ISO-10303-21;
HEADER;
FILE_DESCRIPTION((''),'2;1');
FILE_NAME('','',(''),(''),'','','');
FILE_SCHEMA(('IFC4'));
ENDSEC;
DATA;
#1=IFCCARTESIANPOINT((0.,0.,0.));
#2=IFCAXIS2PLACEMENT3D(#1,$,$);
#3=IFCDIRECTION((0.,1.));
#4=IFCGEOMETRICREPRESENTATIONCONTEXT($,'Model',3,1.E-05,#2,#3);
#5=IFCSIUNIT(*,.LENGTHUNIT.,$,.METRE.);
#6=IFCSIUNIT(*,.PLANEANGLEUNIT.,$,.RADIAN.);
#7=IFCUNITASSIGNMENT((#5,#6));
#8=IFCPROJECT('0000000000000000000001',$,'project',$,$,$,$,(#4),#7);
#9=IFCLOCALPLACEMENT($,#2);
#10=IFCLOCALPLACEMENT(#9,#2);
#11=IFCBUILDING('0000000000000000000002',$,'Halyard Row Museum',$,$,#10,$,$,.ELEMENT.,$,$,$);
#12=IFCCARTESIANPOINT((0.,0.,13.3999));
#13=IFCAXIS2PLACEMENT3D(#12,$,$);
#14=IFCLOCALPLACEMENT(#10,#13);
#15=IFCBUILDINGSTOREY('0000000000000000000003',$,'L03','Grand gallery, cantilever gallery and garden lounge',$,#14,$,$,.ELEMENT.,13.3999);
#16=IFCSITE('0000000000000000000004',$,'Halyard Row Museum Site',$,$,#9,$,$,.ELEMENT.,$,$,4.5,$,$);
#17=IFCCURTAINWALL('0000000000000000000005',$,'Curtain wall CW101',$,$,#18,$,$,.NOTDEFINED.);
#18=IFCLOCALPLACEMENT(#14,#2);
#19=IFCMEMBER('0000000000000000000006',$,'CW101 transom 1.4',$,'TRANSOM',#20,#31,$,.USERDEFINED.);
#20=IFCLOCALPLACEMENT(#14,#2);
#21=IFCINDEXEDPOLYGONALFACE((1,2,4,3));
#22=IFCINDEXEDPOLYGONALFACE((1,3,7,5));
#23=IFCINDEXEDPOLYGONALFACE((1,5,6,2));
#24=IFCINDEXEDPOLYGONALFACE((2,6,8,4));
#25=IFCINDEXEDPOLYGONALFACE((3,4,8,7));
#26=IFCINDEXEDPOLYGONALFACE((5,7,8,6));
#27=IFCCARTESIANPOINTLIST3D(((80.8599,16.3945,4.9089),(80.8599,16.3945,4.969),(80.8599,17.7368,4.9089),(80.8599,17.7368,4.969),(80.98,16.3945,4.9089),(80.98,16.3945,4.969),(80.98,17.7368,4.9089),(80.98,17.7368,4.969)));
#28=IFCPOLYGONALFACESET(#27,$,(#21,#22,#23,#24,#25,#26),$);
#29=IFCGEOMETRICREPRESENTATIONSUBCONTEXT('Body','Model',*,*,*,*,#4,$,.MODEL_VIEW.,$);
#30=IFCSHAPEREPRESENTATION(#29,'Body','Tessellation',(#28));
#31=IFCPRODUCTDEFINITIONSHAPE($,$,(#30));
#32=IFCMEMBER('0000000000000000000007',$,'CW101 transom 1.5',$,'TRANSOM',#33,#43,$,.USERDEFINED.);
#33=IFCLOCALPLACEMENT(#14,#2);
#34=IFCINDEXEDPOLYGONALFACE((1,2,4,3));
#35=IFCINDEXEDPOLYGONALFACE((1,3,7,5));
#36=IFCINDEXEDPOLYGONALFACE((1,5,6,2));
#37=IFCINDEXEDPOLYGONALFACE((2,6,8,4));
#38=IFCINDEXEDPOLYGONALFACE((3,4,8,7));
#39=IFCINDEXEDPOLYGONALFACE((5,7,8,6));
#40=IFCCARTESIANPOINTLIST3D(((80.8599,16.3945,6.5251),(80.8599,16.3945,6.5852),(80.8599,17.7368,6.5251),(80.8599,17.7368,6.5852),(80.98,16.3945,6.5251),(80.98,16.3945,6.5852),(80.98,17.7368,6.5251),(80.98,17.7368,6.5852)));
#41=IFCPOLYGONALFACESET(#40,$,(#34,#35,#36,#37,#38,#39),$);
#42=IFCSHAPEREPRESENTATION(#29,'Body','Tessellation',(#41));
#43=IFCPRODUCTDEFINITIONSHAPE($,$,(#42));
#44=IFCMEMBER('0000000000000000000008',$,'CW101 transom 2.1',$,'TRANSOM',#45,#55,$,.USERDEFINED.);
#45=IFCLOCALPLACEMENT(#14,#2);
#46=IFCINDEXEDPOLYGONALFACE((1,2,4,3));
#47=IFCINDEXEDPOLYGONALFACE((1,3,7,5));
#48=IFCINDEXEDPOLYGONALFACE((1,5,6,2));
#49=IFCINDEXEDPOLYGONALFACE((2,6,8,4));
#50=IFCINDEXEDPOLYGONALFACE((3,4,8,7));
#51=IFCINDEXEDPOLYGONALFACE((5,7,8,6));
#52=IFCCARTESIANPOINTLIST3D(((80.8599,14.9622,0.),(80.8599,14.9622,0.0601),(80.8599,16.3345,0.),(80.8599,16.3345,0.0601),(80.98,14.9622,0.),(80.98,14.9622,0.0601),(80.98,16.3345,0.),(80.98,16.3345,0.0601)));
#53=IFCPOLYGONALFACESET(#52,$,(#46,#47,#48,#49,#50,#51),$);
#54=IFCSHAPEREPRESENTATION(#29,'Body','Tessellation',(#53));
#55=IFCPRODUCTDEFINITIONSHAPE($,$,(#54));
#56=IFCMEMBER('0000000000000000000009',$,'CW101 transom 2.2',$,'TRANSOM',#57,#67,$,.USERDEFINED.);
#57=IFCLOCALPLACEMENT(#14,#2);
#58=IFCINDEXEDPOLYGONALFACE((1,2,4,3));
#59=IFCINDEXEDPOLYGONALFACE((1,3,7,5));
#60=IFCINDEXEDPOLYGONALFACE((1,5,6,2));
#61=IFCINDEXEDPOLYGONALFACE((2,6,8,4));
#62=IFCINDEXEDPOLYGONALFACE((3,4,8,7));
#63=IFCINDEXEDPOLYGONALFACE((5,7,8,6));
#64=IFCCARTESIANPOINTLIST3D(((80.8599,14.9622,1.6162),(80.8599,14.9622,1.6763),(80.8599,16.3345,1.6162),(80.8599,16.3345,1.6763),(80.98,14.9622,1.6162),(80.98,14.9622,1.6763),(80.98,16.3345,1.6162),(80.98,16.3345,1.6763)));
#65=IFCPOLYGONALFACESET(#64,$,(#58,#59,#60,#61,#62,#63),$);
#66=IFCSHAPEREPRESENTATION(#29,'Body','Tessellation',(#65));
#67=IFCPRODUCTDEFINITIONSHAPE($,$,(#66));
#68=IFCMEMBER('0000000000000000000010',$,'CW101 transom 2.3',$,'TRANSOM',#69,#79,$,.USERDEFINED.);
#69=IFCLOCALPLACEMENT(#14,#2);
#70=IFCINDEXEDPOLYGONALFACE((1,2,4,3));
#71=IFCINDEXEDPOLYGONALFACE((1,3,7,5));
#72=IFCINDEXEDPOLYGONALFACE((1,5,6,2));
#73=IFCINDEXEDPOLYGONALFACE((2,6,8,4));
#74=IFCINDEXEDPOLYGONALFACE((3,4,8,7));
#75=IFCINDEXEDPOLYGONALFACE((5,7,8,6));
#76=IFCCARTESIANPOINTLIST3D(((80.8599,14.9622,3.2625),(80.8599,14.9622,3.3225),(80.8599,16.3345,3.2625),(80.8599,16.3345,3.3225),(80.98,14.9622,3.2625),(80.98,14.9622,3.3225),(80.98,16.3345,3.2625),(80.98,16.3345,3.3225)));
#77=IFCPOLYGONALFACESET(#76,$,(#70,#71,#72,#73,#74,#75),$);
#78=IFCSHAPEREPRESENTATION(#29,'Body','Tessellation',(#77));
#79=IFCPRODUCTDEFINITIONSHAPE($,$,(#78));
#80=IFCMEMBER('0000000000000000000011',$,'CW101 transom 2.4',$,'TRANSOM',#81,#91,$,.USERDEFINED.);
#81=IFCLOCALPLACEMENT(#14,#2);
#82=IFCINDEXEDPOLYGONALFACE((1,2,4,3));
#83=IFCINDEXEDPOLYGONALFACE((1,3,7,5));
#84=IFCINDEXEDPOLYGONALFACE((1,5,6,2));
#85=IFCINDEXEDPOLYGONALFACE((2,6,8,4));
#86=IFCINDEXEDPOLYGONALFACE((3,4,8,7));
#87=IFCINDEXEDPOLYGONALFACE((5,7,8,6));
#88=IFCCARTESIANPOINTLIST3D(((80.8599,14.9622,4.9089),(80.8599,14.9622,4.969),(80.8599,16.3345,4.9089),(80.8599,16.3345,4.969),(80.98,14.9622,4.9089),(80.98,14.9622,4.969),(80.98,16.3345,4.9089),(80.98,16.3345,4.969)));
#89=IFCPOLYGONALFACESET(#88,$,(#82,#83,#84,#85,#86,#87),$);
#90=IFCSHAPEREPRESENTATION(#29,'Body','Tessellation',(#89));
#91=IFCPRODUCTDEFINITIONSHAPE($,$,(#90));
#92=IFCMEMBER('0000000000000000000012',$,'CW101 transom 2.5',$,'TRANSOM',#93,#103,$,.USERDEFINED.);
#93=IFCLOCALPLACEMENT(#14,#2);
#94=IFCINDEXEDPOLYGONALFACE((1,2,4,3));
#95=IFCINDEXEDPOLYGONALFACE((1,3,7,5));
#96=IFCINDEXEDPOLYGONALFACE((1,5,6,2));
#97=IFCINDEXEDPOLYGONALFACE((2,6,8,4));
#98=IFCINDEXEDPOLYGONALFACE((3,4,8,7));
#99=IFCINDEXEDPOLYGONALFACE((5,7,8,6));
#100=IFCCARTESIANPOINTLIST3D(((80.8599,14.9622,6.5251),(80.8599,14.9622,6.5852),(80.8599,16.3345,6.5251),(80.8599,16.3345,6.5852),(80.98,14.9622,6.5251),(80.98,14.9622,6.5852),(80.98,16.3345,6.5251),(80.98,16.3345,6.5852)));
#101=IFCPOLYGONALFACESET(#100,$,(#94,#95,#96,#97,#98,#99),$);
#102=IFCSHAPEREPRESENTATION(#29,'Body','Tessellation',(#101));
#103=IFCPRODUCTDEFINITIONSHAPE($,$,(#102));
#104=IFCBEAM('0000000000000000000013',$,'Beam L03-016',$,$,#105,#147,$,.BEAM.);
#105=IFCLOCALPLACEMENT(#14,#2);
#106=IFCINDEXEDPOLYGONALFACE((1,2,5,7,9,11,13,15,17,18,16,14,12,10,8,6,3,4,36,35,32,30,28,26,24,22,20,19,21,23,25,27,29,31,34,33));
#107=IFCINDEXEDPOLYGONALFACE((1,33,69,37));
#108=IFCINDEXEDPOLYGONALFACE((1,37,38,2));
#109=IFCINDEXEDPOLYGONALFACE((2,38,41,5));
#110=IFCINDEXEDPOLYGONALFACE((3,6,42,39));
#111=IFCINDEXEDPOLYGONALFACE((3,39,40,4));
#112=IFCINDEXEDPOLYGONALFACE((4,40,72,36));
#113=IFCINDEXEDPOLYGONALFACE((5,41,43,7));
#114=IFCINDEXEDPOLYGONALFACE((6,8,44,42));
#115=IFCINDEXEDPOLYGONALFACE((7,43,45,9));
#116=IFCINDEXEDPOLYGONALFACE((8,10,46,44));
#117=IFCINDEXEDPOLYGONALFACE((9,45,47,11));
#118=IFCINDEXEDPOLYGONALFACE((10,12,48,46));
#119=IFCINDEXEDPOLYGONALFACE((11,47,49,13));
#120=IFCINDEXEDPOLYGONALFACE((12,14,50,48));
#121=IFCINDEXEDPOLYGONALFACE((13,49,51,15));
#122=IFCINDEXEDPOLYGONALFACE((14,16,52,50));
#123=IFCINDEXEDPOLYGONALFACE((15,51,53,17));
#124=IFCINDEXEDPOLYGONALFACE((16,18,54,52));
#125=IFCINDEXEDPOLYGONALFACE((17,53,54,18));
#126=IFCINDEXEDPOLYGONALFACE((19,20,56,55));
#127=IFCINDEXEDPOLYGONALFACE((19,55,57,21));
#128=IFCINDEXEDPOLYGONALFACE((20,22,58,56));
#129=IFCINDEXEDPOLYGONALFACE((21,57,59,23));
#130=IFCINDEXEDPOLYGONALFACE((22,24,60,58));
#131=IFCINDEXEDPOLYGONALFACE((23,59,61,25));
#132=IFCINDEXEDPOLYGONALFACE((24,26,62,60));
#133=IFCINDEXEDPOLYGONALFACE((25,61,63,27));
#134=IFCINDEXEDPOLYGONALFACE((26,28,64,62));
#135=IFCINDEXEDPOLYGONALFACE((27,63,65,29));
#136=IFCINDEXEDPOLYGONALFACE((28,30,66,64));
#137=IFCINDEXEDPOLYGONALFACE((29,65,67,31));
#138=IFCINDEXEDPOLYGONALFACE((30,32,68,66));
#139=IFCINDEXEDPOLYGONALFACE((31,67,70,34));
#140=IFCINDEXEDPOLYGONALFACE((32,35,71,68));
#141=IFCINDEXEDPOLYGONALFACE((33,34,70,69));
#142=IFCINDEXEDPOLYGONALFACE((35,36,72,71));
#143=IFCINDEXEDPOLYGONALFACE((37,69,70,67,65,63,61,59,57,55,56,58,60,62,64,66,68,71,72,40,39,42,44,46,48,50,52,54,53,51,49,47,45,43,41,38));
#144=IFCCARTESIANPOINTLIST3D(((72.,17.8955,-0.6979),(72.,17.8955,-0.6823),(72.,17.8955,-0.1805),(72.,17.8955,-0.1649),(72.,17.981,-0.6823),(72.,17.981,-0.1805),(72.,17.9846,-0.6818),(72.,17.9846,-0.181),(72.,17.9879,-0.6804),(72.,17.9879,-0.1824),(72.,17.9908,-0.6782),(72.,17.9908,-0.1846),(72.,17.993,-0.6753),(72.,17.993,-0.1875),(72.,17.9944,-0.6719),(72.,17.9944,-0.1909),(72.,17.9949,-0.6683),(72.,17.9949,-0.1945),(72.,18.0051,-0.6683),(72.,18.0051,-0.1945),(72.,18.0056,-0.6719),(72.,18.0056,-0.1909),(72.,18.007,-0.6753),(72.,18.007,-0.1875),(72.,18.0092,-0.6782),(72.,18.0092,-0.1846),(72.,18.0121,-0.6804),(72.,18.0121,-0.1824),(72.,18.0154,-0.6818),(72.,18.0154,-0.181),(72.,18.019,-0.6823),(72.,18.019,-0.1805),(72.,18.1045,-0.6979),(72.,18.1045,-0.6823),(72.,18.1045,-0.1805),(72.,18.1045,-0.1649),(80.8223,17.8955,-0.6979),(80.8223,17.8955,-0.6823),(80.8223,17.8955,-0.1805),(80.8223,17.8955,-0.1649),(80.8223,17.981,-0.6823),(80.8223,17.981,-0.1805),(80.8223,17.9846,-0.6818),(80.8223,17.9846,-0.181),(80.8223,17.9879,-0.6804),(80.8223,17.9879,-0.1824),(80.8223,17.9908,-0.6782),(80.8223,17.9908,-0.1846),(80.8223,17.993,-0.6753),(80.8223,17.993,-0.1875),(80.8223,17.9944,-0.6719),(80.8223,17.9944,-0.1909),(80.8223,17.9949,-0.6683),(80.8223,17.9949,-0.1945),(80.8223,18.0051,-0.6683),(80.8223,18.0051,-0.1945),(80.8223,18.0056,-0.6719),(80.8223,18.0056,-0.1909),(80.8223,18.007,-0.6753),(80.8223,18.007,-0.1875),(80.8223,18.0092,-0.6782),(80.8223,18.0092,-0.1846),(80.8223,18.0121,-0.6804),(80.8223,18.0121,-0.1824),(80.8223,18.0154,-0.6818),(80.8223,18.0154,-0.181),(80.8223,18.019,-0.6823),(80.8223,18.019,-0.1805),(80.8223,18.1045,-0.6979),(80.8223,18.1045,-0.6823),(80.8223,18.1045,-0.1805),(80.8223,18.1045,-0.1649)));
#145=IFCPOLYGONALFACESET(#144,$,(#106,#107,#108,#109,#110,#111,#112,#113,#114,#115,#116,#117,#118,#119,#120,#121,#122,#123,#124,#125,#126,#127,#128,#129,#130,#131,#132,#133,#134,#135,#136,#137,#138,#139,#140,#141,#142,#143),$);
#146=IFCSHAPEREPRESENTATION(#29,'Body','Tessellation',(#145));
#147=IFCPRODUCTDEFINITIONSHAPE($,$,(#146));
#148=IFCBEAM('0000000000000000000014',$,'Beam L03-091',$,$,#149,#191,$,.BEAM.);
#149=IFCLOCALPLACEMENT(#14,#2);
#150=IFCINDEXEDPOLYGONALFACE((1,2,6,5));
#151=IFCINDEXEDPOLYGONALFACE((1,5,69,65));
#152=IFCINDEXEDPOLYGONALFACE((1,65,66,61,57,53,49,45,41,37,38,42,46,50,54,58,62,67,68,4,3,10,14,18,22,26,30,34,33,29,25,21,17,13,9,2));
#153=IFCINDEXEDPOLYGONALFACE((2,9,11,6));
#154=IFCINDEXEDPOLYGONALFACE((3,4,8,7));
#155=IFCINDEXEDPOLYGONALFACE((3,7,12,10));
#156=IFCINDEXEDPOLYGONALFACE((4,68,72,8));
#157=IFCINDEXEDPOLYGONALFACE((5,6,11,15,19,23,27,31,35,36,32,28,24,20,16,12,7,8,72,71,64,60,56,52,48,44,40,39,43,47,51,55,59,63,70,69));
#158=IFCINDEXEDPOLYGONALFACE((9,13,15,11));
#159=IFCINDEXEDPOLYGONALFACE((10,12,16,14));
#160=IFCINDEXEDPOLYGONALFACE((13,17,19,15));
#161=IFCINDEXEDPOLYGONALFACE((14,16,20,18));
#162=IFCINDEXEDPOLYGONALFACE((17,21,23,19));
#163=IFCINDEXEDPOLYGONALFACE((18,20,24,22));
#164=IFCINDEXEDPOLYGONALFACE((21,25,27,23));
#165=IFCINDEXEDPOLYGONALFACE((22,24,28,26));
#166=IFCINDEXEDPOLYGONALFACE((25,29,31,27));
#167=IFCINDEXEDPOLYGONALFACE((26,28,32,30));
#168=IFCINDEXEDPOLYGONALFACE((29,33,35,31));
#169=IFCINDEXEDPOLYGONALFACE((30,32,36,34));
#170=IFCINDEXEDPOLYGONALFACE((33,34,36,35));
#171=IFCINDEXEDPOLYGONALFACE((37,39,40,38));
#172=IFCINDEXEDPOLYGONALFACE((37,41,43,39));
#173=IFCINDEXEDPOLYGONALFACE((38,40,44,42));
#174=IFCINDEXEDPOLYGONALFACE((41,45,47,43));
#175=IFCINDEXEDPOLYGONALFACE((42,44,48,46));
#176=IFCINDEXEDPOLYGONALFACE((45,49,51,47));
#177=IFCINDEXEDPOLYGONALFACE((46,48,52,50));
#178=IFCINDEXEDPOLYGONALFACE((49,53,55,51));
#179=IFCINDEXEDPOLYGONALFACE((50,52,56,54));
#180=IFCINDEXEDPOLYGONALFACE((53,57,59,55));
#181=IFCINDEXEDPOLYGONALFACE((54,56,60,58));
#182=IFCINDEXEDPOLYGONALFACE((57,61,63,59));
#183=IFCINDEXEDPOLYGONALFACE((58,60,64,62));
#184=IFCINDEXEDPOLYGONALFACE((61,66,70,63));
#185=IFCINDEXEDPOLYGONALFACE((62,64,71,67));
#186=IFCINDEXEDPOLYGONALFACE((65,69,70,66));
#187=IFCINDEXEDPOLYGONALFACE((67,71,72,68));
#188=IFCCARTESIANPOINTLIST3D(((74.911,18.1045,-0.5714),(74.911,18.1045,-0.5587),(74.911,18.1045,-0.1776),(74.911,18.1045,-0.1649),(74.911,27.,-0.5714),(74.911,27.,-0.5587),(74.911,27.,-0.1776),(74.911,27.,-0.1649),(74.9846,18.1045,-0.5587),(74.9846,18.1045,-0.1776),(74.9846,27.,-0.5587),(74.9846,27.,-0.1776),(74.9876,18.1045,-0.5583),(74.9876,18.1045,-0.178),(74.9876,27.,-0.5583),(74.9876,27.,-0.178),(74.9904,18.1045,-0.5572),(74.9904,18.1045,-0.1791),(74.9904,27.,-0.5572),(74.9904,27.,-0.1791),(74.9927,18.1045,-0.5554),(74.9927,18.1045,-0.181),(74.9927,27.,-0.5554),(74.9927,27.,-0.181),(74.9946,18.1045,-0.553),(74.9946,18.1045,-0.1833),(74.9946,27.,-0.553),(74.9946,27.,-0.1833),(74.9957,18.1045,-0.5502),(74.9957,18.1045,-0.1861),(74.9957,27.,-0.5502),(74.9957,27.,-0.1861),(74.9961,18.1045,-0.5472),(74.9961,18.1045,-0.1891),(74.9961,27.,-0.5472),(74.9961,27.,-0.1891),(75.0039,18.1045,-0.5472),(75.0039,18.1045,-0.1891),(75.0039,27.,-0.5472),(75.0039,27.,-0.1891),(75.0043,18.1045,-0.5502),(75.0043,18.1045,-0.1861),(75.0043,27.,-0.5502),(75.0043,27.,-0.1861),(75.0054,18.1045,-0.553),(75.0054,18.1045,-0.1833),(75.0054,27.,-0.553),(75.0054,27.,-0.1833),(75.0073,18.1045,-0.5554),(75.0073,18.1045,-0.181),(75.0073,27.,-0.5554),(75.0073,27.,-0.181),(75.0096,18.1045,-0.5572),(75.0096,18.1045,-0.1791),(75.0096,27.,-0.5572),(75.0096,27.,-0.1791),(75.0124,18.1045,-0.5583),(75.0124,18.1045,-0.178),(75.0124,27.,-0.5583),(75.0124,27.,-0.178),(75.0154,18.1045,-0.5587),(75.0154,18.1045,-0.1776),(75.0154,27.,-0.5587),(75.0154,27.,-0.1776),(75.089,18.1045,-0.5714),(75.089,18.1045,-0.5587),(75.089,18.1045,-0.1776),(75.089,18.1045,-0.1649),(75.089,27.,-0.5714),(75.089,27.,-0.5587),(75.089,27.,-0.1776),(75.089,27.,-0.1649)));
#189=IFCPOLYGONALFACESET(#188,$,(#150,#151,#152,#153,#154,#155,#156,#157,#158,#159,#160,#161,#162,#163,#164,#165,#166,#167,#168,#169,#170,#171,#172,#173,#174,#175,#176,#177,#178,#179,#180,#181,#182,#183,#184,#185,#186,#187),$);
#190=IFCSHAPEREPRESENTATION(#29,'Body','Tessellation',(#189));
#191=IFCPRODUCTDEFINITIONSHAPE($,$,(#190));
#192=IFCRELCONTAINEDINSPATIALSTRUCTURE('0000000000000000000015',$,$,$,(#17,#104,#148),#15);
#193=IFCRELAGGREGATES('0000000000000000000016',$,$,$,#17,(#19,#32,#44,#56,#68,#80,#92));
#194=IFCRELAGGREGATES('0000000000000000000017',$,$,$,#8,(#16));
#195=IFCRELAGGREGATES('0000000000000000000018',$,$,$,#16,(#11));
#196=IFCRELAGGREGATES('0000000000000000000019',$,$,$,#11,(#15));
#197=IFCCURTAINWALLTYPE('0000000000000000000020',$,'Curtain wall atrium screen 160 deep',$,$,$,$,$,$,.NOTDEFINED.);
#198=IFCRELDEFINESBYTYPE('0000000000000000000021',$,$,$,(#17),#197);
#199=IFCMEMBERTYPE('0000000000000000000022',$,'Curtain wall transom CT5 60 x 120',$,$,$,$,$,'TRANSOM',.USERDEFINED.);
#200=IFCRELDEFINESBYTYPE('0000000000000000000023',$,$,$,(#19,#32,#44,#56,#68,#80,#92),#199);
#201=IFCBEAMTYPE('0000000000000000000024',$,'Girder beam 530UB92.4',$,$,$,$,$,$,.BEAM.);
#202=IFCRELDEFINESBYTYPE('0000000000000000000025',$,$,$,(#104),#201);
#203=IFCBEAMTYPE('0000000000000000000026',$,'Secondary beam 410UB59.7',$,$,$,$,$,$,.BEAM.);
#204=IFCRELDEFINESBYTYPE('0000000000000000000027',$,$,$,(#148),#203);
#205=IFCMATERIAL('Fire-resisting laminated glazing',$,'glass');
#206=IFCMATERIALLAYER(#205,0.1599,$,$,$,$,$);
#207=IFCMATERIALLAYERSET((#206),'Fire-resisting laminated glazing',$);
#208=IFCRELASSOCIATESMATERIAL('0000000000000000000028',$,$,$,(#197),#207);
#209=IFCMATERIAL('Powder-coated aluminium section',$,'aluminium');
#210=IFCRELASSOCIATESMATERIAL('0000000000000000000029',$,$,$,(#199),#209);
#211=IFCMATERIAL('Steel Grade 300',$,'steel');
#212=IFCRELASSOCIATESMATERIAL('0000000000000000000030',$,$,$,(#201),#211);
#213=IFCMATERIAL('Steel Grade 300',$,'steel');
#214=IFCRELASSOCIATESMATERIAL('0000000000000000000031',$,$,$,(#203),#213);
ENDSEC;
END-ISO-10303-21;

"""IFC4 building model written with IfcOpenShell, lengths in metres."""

from ifc_helpers import new_model, si_unit, direction, frame, origin, origin_2d, place, context, subcontext, project, spatial, rectangle, i_section, extrude, material, layer, layer_set, material_profile, profile_set, type_object, element, aggregate, save


model = new_model("IFC4")

# Units and contexts
model_context = context("Model", 3, precision=1e-05, world=origin(), true_north=direction((0.0, 1.0)))
body_context = subcontext(model_context, "Body", "Model", "MODEL_VIEW")
ifc_project = project(units=[si_unit("LENGTHUNIT", "METRE"), si_unit("PLANEANGLEUNIT", "RADIAN")], contexts=[model_context])

# Site, building, storey
site_placement = place(None, origin())
site = spatial("IfcSite", under=ifc_project, at=site_placement, Name="Halyard Row Museum Site", CompositionType="ELEMENT", RefElevation=4.5)
building_placement = place(site_placement, origin())
building = spatial("IfcBuilding", under=site, at=building_placement, Name="Halyard Row Museum", CompositionType="ELEMENT")
storey_placement = place(building_placement, frame((0.0, 0.0, 13.3999)))
storey = spatial("IfcBuildingStorey", under=building, at=storey_placement, Name="L03", Description="Grand gallery, cantilever gallery and garden lounge", CompositionType="ELEMENT", Elevation=13.3999)

# Shared definitions
ifc_material_1 = material(Name="Fire-resisting laminated glazing", Category="glass")
ifc_layer_1 = layer(ifc_material_1, 0.1599)
ifc_layer_set_1 = layer_set([ifc_layer_1], Name="Fire-resisting laminated glazing")
curtain_wall_type = type_object("IfcCurtainWallType", Name="Curtain wall atrium screen 160 deep", PredefinedType="NOTDEFINED", material=ifc_layer_set_1)

# Curtain wall, members
curtain_wall_1_placement = place(storey_placement, origin())
curtain_wall_1 = element("IfcCurtainWall", 1, at=curtain_wall_1_placement, inside=storey, type_object=curtain_wall_type, Name="Curtain wall CW101", PredefinedType="NOTDEFINED")
ifc_material_2 = material(Name="Powder-coated aluminium section", Category="aluminium")
ifc_material_profile_1 = material_profile(ifc_material_2, rectangle(XDim=0.1201, YDim=0.0601, at=origin_2d()), Name="120x60 transom")
ifc_profile_set_1 = profile_set([ifc_material_profile_1], Name="Powder-coated aluminium section")
member_type_1 = type_object("IfcMemberType", Name="Curtain wall transom CT5 60 x 120", ElementType="TRANSOM", PredefinedType="USERDEFINED", material=ifc_profile_set_1)
member_1_placement = place(storey_placement, frame((80.9199, 17.7368, 4.939), z_axis=(0.0, -1.0, 0.0), x_axis=(1.0, 0.0, 0.0)))
member_1 = element("IfcMember", 2, at=member_1_placement, type_object=member_type_1, Name="CW101 transom 1.4", ObjectType="TRANSOM", PredefinedType="USERDEFINED", context=body_context, shape_type="SweptSolid", body=[
    extrude(rectangle(XDim=0.1201, YDim=0.0601, at=origin_2d()), origin(), (0.0, 0.0, 1.0), 1.3423),
])
member_2_placement = place(storey_placement, frame((80.9199, 17.7368, 6.5552), z_axis=(0.0, -1.0, 0.0), x_axis=(1.0, 0.0, 0.0)))
member_2 = element("IfcMember", 3, at=member_2_placement, type_object=member_type_1, Name="CW101 transom 1.5", ObjectType="TRANSOM", PredefinedType="USERDEFINED", context=body_context, shape_type="SweptSolid", body=[
    extrude(rectangle(XDim=0.1201, YDim=0.0601, at=origin_2d()), origin(), (0.0, 0.0, 1.0), 1.3423),
])
member_3_placement = place(storey_placement, frame((80.9199, 16.3345, 0.03), z_axis=(0.0, -1.0, 0.0), x_axis=(1.0, 0.0, 0.0)))
member_3 = element("IfcMember", 4, at=member_3_placement, type_object=member_type_1, Name="CW101 transom 2.1", ObjectType="TRANSOM", PredefinedType="USERDEFINED", context=body_context, shape_type="SweptSolid", body=[
    extrude(rectangle(XDim=0.1201, YDim=0.0601, at=origin_2d()), origin(), (0.0, 0.0, 1.0), 1.3723),
])
member_4_placement = place(storey_placement, frame((80.9199, 16.3345, 1.6462), z_axis=(0.0, -1.0, 0.0), x_axis=(1.0, 0.0, 0.0)))
member_4 = element("IfcMember", 5, at=member_4_placement, type_object=member_type_1, Name="CW101 transom 2.2", ObjectType="TRANSOM", PredefinedType="USERDEFINED", context=body_context, shape_type="SweptSolid", body=[
    extrude(rectangle(XDim=0.1201, YDim=0.0601, at=origin_2d()), origin(), (0.0, 0.0, 1.0), 1.3723),
])
member_5_placement = place(storey_placement, frame((80.9199, 16.3345, 3.2925), z_axis=(0.0, -1.0, 0.0), x_axis=(1.0, 0.0, 0.0)))
member_5 = element("IfcMember", 6, at=member_5_placement, type_object=member_type_1, Name="CW101 transom 2.3", ObjectType="TRANSOM", PredefinedType="USERDEFINED", context=body_context, shape_type="SweptSolid", body=[
    extrude(rectangle(XDim=0.1201, YDim=0.0601, at=origin_2d()), origin(), (0.0, 0.0, 1.0), 1.3723),
])
member_6_placement = place(storey_placement, frame((80.9199, 16.3345, 4.939), z_axis=(0.0, -1.0, 0.0), x_axis=(1.0, 0.0, 0.0)))
member_6 = element("IfcMember", 7, at=member_6_placement, type_object=member_type_1, Name="CW101 transom 2.4", ObjectType="TRANSOM", PredefinedType="USERDEFINED", context=body_context, shape_type="SweptSolid", body=[
    extrude(rectangle(XDim=0.1201, YDim=0.0601, at=origin_2d()), origin(), (0.0, 0.0, 1.0), 1.3723),
])
member_7_placement = place(storey_placement, frame((80.9199, 16.3345, 6.5552), z_axis=(0.0, -1.0, 0.0), x_axis=(1.0, 0.0, 0.0)))
member_7 = element("IfcMember", 8, at=member_7_placement, type_object=member_type_1, Name="CW101 transom 2.5", ObjectType="TRANSOM", PredefinedType="USERDEFINED", context=body_context, shape_type="SweptSolid", body=[
    extrude(rectangle(XDim=0.1201, YDim=0.0601, at=origin_2d()), origin(), (0.0, 0.0, 1.0), 1.3723),
])

# Beams
ifc_material_3 = material(Name="Steel Grade 300", Category="steel")
ifc_material_profile_2 = material_profile(ifc_material_3, i_section(OverallWidth=0.209, OverallDepth=0.533, WebThickness=0.0103, FlangeThickness=0.0156, FilletRadius=0.0139, at=origin_2d()), Name="530UB92.4")
ifc_profile_set_2 = profile_set([ifc_material_profile_2], Name="Steel Grade 300")
beam_type_1 = type_object("IfcBeamType", Name="Girder beam 530UB92.4", PredefinedType="BEAM", material=ifc_profile_set_2)
beam_1_placement = place(storey_placement, frame((72.0, 18.0, -0.4314), z_axis=(1.0, 0.0, 0.0), x_axis=(0.0, 1.0, 0.0)))
element("IfcBeam", 9, at=beam_1_placement, inside=storey, type_object=beam_type_1, Name="Beam L03-016", PredefinedType="BEAM", context=body_context, shape_type="SweptSolid", body=[
    extrude(i_section(OverallWidth=0.209, OverallDepth=0.533, WebThickness=0.0103, FlangeThickness=0.0156, FilletRadius=0.0139, at=origin_2d()), origin(), (0.0, 0.0, 1.0), 8.8223),
])
ifc_material_4 = material(Name="Steel Grade 300", Category="steel")
ifc_material_profile_3 = material_profile(ifc_material_4, i_section(OverallWidth=0.178, OverallDepth=0.4065, WebThickness=0.0078, FlangeThickness=0.0127, FilletRadius=0.0115, at=origin_2d()), Name="410UB59.7")
ifc_profile_set_3 = profile_set([ifc_material_profile_3], Name="Steel Grade 300")
beam_type_2 = type_object("IfcBeamType", Name="Secondary beam 410UB59.7", PredefinedType="BEAM", material=ifc_profile_set_3)
beam_2_placement = place(storey_placement, frame((75.0, 18.1045, -0.3682), z_axis=(0.0, 1.0, 0.0), x_axis=(-1.0, 0.0, 0.0)))
element("IfcBeam", 10, at=beam_2_placement, inside=storey, type_object=beam_type_2, Name="Beam L03-091", PredefinedType="BEAM", context=body_context, shape_type="SweptSolid", body=[
    extrude(i_section(OverallWidth=0.178, OverallDepth=0.4065, WebThickness=0.0078, FlangeThickness=0.0127, FilletRadius=0.0115, at=origin_2d()), origin(), (0.0, 0.0, 1.0), 8.8955),
])

aggregate(curtain_wall_1, [member_1, member_2, member_3, member_4, member_5, member_6, member_7])

save(model, "model.ifc")
